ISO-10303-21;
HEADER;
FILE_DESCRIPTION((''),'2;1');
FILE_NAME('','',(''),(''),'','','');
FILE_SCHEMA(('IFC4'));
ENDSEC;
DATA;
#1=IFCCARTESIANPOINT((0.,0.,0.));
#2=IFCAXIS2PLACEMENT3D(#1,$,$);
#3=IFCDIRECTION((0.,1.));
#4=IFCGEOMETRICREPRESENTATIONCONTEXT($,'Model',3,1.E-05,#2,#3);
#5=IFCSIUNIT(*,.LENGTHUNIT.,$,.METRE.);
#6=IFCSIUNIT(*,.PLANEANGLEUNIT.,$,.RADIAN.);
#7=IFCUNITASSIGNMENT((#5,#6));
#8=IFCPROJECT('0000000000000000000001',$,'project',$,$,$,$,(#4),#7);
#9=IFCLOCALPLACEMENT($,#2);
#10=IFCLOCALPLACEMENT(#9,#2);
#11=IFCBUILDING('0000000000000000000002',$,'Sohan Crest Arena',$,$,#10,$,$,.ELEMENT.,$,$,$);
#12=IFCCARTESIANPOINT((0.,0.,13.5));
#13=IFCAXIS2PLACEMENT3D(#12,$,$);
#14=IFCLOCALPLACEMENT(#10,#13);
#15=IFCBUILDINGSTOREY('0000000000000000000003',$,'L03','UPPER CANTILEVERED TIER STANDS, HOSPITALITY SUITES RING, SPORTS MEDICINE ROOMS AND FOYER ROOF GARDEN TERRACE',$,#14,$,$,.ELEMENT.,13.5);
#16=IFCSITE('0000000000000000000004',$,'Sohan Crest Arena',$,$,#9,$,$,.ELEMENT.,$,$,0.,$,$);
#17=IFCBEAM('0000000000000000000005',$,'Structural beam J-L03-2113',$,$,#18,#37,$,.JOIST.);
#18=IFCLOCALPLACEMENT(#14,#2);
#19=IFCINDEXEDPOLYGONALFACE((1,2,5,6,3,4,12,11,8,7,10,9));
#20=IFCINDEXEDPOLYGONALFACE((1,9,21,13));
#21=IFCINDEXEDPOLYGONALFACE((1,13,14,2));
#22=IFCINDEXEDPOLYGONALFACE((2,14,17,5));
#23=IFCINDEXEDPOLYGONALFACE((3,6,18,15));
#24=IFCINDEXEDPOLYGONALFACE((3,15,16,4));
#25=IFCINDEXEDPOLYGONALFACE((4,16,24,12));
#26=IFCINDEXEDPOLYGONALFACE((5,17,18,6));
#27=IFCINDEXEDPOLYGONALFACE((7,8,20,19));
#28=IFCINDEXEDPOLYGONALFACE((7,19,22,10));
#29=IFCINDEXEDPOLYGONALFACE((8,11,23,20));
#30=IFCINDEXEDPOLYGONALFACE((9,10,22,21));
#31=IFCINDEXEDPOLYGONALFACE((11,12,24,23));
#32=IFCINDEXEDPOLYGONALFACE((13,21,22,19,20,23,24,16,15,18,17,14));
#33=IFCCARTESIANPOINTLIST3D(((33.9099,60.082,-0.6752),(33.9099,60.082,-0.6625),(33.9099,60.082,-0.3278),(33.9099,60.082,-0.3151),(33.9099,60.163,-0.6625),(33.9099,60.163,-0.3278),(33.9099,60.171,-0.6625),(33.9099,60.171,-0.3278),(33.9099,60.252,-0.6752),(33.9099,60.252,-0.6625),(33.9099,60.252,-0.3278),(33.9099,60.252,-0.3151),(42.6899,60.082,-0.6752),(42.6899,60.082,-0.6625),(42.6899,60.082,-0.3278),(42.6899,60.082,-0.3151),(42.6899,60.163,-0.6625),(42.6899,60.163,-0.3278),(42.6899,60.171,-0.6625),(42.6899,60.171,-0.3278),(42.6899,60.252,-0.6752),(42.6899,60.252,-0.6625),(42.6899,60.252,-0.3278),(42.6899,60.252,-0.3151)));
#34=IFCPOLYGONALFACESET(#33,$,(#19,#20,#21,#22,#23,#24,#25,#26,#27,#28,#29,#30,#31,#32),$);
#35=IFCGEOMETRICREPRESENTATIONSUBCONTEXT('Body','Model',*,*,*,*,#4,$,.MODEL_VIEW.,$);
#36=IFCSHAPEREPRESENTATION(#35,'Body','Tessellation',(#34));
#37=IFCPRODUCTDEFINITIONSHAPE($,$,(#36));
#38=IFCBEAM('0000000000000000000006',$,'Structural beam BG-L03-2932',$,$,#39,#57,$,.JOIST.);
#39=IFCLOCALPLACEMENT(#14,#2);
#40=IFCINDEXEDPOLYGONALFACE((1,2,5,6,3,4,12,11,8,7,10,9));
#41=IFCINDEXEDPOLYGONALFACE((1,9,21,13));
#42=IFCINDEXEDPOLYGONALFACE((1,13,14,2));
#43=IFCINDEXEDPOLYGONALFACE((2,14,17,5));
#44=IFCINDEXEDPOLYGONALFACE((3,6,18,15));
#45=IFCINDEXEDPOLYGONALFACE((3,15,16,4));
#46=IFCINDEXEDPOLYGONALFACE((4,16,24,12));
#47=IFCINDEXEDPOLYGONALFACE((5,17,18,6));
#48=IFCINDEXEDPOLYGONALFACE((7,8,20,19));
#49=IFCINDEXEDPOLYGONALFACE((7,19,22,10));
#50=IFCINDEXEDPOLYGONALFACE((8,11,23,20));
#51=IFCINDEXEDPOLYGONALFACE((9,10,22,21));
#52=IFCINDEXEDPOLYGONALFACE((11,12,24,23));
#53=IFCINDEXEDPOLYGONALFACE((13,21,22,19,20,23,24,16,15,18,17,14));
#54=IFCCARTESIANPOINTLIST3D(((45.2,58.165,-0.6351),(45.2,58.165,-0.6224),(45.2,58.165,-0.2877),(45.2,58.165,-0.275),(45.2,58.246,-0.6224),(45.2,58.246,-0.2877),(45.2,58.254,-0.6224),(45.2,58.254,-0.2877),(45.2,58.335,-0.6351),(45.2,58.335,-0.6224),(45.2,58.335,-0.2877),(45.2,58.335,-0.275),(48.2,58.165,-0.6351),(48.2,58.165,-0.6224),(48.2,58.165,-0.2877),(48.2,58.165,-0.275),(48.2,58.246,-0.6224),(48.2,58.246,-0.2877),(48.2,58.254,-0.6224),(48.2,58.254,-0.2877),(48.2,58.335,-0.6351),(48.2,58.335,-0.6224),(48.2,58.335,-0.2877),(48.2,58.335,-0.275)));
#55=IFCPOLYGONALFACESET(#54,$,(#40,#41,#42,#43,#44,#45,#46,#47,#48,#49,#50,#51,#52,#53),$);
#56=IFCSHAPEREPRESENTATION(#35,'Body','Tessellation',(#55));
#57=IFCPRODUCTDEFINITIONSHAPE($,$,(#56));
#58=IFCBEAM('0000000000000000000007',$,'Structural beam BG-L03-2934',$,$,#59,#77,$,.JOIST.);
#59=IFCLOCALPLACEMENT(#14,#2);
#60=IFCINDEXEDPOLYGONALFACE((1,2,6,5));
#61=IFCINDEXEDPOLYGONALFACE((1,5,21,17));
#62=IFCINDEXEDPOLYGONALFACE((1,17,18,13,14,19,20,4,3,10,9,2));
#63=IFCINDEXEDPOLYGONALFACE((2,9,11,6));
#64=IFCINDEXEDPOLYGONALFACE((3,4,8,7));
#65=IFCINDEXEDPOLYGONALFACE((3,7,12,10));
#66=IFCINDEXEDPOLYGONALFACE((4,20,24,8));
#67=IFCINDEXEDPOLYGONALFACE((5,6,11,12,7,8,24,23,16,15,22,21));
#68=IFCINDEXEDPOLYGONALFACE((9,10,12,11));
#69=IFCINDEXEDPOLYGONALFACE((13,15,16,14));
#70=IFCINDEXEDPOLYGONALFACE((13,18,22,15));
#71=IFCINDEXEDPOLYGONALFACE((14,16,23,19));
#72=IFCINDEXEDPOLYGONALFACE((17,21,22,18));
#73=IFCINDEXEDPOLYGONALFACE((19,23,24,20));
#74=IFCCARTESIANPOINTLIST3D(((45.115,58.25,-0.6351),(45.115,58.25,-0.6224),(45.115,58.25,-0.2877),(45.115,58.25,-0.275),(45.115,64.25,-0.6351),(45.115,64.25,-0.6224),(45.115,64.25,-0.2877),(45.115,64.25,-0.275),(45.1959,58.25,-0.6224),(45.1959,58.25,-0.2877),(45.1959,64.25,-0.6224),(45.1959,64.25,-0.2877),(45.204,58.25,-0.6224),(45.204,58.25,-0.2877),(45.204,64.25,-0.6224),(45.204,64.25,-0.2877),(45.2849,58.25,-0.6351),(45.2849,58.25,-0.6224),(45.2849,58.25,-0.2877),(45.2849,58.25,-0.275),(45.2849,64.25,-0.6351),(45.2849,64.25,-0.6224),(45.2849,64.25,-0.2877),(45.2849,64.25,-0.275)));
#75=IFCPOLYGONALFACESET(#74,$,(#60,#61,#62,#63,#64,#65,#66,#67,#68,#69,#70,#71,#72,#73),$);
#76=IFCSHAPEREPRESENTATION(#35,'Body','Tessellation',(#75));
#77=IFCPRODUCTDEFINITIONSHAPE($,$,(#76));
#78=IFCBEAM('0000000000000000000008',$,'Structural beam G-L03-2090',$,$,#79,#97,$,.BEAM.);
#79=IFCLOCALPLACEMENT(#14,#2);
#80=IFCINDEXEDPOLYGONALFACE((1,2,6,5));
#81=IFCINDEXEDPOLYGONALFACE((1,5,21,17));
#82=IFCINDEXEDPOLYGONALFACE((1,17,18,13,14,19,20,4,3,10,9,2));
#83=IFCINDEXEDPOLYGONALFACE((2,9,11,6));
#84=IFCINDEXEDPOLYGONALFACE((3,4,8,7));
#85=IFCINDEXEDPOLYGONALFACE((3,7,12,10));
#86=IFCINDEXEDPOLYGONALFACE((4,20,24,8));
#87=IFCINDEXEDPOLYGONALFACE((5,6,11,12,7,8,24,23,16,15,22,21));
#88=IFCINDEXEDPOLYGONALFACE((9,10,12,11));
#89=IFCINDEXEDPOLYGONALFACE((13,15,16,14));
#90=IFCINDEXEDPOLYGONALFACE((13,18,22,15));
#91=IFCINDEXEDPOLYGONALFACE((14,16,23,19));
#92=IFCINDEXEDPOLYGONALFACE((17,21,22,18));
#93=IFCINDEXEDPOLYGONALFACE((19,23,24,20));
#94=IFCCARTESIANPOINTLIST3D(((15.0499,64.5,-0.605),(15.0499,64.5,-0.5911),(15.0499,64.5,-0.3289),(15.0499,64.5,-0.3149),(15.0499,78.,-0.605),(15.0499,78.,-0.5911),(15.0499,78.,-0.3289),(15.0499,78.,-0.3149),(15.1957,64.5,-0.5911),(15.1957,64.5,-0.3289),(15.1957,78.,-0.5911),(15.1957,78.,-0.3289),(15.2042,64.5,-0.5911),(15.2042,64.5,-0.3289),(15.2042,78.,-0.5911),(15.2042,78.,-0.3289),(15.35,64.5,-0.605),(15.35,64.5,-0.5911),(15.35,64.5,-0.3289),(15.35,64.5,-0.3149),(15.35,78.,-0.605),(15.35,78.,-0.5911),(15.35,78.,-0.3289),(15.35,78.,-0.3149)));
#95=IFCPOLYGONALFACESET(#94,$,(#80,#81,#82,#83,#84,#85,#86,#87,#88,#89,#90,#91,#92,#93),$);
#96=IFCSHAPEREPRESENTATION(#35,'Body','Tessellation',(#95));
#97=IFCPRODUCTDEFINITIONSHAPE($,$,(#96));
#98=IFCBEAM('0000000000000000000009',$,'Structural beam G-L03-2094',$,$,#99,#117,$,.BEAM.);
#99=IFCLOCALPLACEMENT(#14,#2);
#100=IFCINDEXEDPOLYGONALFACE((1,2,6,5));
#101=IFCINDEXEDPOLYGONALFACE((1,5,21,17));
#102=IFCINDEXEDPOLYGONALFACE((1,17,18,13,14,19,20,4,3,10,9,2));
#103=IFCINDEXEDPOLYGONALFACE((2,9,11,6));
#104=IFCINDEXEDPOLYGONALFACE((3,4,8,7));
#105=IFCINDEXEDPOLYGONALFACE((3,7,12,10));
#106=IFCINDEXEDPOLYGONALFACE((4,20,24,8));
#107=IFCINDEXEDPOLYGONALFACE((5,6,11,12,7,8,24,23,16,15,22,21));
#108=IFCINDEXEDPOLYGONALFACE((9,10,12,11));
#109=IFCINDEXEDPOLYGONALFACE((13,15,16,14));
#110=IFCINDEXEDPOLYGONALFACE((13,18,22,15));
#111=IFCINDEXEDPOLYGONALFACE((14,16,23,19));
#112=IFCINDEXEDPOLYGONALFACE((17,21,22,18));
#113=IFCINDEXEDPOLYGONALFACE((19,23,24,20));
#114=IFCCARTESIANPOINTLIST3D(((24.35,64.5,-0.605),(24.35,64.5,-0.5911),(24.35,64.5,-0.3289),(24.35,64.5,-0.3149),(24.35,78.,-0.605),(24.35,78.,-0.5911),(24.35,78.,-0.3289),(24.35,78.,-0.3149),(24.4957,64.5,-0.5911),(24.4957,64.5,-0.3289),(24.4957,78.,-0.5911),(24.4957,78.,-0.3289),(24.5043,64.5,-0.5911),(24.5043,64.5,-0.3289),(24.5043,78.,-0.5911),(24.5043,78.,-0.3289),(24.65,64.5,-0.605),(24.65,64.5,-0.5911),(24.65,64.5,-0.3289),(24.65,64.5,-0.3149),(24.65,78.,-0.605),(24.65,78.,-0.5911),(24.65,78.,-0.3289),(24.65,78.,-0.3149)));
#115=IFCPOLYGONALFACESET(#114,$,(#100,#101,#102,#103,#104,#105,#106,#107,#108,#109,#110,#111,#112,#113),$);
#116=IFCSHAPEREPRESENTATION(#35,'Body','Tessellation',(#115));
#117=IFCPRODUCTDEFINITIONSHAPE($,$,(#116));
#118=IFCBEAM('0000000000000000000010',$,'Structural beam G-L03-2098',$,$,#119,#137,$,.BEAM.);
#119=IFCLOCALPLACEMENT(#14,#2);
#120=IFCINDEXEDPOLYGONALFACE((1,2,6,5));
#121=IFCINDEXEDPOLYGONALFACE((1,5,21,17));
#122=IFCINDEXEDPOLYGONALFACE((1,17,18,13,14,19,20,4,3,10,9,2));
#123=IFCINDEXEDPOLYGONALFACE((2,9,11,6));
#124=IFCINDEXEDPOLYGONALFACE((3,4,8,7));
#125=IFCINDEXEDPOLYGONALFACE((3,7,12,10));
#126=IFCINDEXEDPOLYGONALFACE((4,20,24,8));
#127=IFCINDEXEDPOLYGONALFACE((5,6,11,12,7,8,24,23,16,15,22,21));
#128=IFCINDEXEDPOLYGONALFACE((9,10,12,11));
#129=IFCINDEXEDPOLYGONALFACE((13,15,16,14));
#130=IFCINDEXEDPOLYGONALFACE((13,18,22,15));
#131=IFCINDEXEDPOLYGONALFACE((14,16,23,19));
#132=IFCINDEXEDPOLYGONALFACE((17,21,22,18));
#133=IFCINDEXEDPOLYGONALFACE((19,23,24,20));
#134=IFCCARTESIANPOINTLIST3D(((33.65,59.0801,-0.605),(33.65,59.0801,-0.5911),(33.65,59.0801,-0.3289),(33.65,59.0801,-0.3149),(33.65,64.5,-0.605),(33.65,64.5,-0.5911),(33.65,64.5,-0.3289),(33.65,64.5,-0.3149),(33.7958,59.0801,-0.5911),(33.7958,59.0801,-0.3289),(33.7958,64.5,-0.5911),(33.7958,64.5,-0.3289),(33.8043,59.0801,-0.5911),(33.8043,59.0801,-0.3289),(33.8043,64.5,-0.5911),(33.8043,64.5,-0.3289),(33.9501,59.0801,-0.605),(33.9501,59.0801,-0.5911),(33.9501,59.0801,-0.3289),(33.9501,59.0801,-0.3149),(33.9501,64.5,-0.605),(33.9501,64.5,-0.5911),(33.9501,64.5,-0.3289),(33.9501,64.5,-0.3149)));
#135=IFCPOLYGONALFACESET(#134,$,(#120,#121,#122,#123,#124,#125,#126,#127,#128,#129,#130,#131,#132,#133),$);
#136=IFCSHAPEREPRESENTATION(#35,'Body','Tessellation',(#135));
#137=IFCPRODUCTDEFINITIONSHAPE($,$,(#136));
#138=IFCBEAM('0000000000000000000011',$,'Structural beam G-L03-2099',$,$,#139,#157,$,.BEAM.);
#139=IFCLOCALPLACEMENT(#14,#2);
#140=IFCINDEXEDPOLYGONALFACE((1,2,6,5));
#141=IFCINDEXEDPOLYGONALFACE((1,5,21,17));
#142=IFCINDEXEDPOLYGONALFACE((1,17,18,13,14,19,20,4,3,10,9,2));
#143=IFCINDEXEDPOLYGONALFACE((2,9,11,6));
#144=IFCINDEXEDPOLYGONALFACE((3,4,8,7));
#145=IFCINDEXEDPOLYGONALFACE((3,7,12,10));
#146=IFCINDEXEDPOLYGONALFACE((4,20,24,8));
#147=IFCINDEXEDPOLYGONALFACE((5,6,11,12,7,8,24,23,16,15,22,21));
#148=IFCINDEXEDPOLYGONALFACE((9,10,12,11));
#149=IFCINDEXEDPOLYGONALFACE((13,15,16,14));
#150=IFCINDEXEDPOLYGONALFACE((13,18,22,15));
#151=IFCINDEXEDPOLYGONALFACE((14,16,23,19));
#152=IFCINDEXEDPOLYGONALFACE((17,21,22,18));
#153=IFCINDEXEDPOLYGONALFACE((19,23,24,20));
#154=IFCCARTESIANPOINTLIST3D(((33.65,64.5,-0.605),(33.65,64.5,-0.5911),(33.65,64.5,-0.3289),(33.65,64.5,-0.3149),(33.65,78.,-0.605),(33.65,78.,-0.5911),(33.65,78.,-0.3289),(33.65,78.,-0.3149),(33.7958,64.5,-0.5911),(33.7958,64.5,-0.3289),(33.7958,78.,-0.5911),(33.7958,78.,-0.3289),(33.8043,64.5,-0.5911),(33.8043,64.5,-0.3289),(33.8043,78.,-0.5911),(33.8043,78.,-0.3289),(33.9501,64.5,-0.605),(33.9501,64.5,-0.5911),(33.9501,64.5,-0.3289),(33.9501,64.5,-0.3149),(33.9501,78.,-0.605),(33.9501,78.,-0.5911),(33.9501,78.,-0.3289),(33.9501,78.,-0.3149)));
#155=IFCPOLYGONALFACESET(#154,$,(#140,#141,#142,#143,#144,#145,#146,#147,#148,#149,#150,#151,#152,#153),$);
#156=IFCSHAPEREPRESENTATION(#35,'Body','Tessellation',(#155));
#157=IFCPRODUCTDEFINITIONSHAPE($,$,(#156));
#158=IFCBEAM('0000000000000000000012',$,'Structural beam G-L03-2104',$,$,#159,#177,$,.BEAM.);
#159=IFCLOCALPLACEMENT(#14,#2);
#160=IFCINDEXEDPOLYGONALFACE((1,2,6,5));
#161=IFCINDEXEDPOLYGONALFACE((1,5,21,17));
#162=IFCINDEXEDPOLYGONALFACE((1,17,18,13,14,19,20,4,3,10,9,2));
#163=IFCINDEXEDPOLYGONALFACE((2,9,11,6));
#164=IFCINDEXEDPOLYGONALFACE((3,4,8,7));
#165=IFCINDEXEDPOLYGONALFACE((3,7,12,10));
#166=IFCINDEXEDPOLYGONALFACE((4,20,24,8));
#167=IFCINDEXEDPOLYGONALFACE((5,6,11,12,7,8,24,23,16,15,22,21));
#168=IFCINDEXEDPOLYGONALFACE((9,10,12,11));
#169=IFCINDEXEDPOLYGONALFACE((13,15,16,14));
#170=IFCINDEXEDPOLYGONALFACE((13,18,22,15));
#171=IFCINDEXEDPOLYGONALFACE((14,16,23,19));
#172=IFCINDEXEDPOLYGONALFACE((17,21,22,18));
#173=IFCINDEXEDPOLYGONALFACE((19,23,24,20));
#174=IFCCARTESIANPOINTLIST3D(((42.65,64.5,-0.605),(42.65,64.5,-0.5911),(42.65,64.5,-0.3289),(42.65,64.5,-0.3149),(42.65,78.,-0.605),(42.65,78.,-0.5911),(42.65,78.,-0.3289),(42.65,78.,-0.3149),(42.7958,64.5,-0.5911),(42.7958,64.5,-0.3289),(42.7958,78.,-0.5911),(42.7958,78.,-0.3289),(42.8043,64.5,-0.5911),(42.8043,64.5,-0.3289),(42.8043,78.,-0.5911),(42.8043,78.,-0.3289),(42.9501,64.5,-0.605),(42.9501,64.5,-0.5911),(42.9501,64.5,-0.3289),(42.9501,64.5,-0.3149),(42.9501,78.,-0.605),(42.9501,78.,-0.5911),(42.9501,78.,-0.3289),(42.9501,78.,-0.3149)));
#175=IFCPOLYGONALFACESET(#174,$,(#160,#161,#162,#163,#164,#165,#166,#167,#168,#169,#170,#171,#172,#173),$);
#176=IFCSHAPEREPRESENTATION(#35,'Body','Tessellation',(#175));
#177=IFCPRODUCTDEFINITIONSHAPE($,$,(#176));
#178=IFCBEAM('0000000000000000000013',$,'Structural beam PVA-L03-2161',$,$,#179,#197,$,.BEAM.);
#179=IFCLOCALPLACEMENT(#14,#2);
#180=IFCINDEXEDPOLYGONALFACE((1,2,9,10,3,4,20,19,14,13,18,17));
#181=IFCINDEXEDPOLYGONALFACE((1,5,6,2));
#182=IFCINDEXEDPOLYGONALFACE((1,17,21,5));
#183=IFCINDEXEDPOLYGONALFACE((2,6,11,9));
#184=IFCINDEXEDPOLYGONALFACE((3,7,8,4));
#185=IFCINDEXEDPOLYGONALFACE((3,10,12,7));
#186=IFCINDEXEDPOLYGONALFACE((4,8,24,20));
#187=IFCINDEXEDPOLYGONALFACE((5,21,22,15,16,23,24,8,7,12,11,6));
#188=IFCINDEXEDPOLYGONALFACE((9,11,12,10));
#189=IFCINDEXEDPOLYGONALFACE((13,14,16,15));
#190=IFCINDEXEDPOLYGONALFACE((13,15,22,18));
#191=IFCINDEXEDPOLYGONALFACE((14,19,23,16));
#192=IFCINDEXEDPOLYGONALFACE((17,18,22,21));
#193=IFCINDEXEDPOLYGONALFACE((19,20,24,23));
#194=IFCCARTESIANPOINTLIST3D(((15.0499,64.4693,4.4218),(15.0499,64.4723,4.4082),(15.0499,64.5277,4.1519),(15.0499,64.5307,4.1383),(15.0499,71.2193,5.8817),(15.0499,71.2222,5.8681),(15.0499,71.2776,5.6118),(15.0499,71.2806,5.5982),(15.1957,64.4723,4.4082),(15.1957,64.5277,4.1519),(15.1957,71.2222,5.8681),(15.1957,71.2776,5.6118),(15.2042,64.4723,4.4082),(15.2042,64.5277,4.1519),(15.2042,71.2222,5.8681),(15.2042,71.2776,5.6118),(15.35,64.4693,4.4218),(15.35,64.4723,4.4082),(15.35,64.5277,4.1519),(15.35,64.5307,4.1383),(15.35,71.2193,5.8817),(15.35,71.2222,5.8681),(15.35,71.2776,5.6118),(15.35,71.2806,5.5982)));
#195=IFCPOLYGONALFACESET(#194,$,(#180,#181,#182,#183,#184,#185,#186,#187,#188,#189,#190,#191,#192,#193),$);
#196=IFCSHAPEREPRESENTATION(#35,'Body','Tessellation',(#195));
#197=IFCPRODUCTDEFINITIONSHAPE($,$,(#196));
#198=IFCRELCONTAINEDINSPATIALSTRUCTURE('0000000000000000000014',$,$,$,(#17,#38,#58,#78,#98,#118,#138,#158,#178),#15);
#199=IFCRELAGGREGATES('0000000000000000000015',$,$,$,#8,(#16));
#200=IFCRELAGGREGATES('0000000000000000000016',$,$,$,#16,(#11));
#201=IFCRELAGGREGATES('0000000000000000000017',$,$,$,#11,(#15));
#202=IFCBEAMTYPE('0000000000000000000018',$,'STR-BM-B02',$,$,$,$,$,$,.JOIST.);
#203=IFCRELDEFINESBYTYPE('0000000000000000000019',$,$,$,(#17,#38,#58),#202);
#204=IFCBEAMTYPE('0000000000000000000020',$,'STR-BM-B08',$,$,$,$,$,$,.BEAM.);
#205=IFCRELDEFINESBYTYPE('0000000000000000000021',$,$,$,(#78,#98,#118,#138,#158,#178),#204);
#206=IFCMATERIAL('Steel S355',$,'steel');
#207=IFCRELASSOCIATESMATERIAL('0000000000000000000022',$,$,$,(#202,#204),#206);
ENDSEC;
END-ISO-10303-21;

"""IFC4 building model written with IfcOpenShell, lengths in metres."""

from ifc_helpers import new_model, si_unit, direction, frame, origin, origin_2d, place, context, subcontext, project, spatial, i_section, extrude, material, material_profile, profile_set, type_object, element, save


model = new_model("IFC4")

# Units and contexts
model_context = context("Model", 3, precision=1e-05, world=origin(), true_north=direction((0.0, 1.0)))
body_context = subcontext(model_context, "Body", "Model", "MODEL_VIEW")
ifc_project = project(units=[si_unit("LENGTHUNIT", "METRE"), si_unit("PLANEANGLEUNIT", "RADIAN")], contexts=[model_context])

# Site, building, storey
site_placement = place(None, origin())
site = spatial("IfcSite", under=ifc_project, at=site_placement, Name="Sohan Crest Arena", CompositionType="ELEMENT", RefElevation=0.0)
building_placement = place(site_placement, origin())
building = spatial("IfcBuilding", under=site, at=building_placement, Name="Sohan Crest Arena", CompositionType="ELEMENT")
storey_placement = place(building_placement, frame((0.0, 0.0, 13.5)))
storey = spatial("IfcBuildingStorey", under=building, at=storey_placement, Name="L03", Description="UPPER CANTILEVERED TIER STANDS, HOSPITALITY SUITES RING, SPORTS MEDICINE ROOMS AND FOYER ROOF GARDEN TERRACE", CompositionType="ELEMENT", Elevation=13.5)

# Shared definitions
ifc_material_1 = material(Name="Steel S355", Category="steel")

# Beams
ifc_material_profile_1 = material_profile(ifc_material_1, i_section(OverallWidth=0.1699, OverallDepth=0.3601, WebThickness=0.0081, FlangeThickness=0.0127, at=origin_2d()), Name="IPE 360")
ifc_profile_set_1 = profile_set([ifc_material_profile_1], Name="Steel S355")
beam_type_1 = type_object("IfcBeamType", Name="STR-BM-B02", PredefinedType="JOIST", material=ifc_profile_set_1)
beam_1_placement = place(storey_placement, frame((33.9099, 60.167, -0.4951), z_axis=(1.0, 0.0, 0.0), x_axis=(0.0, 1.0, 0.0)))
element("IfcBeam", 1, at=beam_1_placement, inside=storey, type_object=beam_type_1, Name="Structural beam J-L03-2113", PredefinedType="JOIST", context=body_context, shape_type="SweptSolid", body=[
    extrude(i_section(OverallWidth=0.1699, OverallDepth=0.3601, WebThickness=0.0081, FlangeThickness=0.0127, at=origin_2d()), origin(), (0.0, 0.0, 1.0), 8.78),
])
beam_2_placement = place(storey_placement, frame((45.2, 58.25, -0.4551), z_axis=(1.0, 0.0, 0.0), x_axis=(0.0, 1.0, 0.0)))
element("IfcBeam", 2, at=beam_2_placement, inside=storey, type_object=beam_type_1, Name="Structural beam BG-L03-2932", PredefinedType="JOIST", context=body_context, shape_type="SweptSolid", body=[
    extrude(i_section(OverallWidth=0.1699, OverallDepth=0.3601, WebThickness=0.0081, FlangeThickness=0.0127, at=origin_2d()), origin(), (0.0, 0.0, 1.0), 3.0),
])
beam_3_placement = place(storey_placement, frame((45.2, 58.25, -0.4551), z_axis=(0.0, 1.0, 0.0), x_axis=(-1.0, 0.0, 0.0)))
element("IfcBeam", 3, at=beam_3_placement, inside=storey, type_object=beam_type_1, Name="Structural beam BG-L03-2934", PredefinedType="JOIST", context=body_context, shape_type="SweptSolid", body=[
    extrude(i_section(OverallWidth=0.1699, OverallDepth=0.3601, WebThickness=0.0081, FlangeThickness=0.0127, at=origin_2d()), origin(), (0.0, 0.0, 1.0), 6.0),
])
ifc_material_profile_2 = material_profile(ifc_material_1, i_section(OverallWidth=0.3, OverallDepth=0.29, WebThickness=0.0085, FlangeThickness=0.0139, at=origin_2d()), Name="HEA 300")
ifc_profile_set_2 = profile_set([ifc_material_profile_2], Name="Steel S355")
beam_type_2 = type_object("IfcBeamType", Name="STR-BM-B08", PredefinedType="BEAM", material=ifc_profile_set_2)
for number, where, z_axis, x_axis, name in (
    (4, (15.2, 64.5, -0.46), (0.0, 1.0, 0.0), (-1.0, 0.0, 0.0), "Structural beam G-L03-2090"),
    (5, (24.5, 64.5, -0.46), (0.0, 1.0, 0.0), (-1.0, 0.0, 0.0), "Structural beam G-L03-2094"),
):
    element("IfcBeam", number, at=place(storey_placement, frame(where, z_axis=z_axis, x_axis=x_axis)), inside=storey, type_object=beam_type_2, Name=name, PredefinedType="BEAM", context=body_context, shape_type="SweptSolid", body=[
        extrude(i_section(OverallWidth=0.3, OverallDepth=0.29, WebThickness=0.0085, FlangeThickness=0.0139, at=origin_2d()), origin(), (0.0, 0.0, 1.0), 13.5),
    ])
beam_4_placement = place(storey_placement, frame((33.8, 59.0801, -0.46), z_axis=(0.0, 1.0, 0.0), x_axis=(-1.0, 0.0, 0.0)))
element("IfcBeam", 6, at=beam_4_placement, inside=storey, type_object=beam_type_2, Name="Structural beam G-L03-2098", PredefinedType="BEAM", context=body_context, shape_type="SweptSolid", body=[
    extrude(i_section(OverallWidth=0.3, OverallDepth=0.29, WebThickness=0.0085, FlangeThickness=0.0139, at=origin_2d()), origin(), (0.0, 0.0, 1.0), 5.4199),
])
for number, where, z_axis, x_axis, name in (
    (7, (33.8, 64.5, -0.46), (0.0, 1.0, 0.0), (-1.0, 0.0, 0.0), "Structural beam G-L03-2099"),
    (8, (42.8, 64.5, -0.46), (0.0, 1.0, 0.0), (-1.0, 0.0, 0.0), "Structural beam G-L03-2104"),
):
    element("IfcBeam", number, at=place(storey_placement, frame(where, z_axis=z_axis, x_axis=x_axis)), inside=storey, type_object=beam_type_2, Name=name, PredefinedType="BEAM", context=body_context, shape_type="SweptSolid", body=[
        extrude(i_section(OverallWidth=0.3, OverallDepth=0.29, WebThickness=0.0085, FlangeThickness=0.0139, at=origin_2d()), origin(), (0.0, 0.0, 1.0), 13.5),
    ])
for number, where, z_axis, x_axis, name in (
    (9, (15.2, 64.5, 4.28), (0.0, 0.977399, 0.211402), (-1.0, 0.0, 0.0), "Structural beam PVA-L03-2161"),
):
    element("IfcBeam", number, at=place(storey_placement, frame(where, z_axis=z_axis, x_axis=x_axis)), inside=storey, type_object=beam_type_2, Name=name, PredefinedType="BEAM", context=body_context, shape_type="SweptSolid", body=[
        extrude(i_section(OverallWidth=0.3, OverallDepth=0.29, WebThickness=0.0085, FlangeThickness=0.0139, at=origin_2d()), origin(), (0.0, 0.0, 1.0), 6.906),
    ])

save(model, "model.ifc")
